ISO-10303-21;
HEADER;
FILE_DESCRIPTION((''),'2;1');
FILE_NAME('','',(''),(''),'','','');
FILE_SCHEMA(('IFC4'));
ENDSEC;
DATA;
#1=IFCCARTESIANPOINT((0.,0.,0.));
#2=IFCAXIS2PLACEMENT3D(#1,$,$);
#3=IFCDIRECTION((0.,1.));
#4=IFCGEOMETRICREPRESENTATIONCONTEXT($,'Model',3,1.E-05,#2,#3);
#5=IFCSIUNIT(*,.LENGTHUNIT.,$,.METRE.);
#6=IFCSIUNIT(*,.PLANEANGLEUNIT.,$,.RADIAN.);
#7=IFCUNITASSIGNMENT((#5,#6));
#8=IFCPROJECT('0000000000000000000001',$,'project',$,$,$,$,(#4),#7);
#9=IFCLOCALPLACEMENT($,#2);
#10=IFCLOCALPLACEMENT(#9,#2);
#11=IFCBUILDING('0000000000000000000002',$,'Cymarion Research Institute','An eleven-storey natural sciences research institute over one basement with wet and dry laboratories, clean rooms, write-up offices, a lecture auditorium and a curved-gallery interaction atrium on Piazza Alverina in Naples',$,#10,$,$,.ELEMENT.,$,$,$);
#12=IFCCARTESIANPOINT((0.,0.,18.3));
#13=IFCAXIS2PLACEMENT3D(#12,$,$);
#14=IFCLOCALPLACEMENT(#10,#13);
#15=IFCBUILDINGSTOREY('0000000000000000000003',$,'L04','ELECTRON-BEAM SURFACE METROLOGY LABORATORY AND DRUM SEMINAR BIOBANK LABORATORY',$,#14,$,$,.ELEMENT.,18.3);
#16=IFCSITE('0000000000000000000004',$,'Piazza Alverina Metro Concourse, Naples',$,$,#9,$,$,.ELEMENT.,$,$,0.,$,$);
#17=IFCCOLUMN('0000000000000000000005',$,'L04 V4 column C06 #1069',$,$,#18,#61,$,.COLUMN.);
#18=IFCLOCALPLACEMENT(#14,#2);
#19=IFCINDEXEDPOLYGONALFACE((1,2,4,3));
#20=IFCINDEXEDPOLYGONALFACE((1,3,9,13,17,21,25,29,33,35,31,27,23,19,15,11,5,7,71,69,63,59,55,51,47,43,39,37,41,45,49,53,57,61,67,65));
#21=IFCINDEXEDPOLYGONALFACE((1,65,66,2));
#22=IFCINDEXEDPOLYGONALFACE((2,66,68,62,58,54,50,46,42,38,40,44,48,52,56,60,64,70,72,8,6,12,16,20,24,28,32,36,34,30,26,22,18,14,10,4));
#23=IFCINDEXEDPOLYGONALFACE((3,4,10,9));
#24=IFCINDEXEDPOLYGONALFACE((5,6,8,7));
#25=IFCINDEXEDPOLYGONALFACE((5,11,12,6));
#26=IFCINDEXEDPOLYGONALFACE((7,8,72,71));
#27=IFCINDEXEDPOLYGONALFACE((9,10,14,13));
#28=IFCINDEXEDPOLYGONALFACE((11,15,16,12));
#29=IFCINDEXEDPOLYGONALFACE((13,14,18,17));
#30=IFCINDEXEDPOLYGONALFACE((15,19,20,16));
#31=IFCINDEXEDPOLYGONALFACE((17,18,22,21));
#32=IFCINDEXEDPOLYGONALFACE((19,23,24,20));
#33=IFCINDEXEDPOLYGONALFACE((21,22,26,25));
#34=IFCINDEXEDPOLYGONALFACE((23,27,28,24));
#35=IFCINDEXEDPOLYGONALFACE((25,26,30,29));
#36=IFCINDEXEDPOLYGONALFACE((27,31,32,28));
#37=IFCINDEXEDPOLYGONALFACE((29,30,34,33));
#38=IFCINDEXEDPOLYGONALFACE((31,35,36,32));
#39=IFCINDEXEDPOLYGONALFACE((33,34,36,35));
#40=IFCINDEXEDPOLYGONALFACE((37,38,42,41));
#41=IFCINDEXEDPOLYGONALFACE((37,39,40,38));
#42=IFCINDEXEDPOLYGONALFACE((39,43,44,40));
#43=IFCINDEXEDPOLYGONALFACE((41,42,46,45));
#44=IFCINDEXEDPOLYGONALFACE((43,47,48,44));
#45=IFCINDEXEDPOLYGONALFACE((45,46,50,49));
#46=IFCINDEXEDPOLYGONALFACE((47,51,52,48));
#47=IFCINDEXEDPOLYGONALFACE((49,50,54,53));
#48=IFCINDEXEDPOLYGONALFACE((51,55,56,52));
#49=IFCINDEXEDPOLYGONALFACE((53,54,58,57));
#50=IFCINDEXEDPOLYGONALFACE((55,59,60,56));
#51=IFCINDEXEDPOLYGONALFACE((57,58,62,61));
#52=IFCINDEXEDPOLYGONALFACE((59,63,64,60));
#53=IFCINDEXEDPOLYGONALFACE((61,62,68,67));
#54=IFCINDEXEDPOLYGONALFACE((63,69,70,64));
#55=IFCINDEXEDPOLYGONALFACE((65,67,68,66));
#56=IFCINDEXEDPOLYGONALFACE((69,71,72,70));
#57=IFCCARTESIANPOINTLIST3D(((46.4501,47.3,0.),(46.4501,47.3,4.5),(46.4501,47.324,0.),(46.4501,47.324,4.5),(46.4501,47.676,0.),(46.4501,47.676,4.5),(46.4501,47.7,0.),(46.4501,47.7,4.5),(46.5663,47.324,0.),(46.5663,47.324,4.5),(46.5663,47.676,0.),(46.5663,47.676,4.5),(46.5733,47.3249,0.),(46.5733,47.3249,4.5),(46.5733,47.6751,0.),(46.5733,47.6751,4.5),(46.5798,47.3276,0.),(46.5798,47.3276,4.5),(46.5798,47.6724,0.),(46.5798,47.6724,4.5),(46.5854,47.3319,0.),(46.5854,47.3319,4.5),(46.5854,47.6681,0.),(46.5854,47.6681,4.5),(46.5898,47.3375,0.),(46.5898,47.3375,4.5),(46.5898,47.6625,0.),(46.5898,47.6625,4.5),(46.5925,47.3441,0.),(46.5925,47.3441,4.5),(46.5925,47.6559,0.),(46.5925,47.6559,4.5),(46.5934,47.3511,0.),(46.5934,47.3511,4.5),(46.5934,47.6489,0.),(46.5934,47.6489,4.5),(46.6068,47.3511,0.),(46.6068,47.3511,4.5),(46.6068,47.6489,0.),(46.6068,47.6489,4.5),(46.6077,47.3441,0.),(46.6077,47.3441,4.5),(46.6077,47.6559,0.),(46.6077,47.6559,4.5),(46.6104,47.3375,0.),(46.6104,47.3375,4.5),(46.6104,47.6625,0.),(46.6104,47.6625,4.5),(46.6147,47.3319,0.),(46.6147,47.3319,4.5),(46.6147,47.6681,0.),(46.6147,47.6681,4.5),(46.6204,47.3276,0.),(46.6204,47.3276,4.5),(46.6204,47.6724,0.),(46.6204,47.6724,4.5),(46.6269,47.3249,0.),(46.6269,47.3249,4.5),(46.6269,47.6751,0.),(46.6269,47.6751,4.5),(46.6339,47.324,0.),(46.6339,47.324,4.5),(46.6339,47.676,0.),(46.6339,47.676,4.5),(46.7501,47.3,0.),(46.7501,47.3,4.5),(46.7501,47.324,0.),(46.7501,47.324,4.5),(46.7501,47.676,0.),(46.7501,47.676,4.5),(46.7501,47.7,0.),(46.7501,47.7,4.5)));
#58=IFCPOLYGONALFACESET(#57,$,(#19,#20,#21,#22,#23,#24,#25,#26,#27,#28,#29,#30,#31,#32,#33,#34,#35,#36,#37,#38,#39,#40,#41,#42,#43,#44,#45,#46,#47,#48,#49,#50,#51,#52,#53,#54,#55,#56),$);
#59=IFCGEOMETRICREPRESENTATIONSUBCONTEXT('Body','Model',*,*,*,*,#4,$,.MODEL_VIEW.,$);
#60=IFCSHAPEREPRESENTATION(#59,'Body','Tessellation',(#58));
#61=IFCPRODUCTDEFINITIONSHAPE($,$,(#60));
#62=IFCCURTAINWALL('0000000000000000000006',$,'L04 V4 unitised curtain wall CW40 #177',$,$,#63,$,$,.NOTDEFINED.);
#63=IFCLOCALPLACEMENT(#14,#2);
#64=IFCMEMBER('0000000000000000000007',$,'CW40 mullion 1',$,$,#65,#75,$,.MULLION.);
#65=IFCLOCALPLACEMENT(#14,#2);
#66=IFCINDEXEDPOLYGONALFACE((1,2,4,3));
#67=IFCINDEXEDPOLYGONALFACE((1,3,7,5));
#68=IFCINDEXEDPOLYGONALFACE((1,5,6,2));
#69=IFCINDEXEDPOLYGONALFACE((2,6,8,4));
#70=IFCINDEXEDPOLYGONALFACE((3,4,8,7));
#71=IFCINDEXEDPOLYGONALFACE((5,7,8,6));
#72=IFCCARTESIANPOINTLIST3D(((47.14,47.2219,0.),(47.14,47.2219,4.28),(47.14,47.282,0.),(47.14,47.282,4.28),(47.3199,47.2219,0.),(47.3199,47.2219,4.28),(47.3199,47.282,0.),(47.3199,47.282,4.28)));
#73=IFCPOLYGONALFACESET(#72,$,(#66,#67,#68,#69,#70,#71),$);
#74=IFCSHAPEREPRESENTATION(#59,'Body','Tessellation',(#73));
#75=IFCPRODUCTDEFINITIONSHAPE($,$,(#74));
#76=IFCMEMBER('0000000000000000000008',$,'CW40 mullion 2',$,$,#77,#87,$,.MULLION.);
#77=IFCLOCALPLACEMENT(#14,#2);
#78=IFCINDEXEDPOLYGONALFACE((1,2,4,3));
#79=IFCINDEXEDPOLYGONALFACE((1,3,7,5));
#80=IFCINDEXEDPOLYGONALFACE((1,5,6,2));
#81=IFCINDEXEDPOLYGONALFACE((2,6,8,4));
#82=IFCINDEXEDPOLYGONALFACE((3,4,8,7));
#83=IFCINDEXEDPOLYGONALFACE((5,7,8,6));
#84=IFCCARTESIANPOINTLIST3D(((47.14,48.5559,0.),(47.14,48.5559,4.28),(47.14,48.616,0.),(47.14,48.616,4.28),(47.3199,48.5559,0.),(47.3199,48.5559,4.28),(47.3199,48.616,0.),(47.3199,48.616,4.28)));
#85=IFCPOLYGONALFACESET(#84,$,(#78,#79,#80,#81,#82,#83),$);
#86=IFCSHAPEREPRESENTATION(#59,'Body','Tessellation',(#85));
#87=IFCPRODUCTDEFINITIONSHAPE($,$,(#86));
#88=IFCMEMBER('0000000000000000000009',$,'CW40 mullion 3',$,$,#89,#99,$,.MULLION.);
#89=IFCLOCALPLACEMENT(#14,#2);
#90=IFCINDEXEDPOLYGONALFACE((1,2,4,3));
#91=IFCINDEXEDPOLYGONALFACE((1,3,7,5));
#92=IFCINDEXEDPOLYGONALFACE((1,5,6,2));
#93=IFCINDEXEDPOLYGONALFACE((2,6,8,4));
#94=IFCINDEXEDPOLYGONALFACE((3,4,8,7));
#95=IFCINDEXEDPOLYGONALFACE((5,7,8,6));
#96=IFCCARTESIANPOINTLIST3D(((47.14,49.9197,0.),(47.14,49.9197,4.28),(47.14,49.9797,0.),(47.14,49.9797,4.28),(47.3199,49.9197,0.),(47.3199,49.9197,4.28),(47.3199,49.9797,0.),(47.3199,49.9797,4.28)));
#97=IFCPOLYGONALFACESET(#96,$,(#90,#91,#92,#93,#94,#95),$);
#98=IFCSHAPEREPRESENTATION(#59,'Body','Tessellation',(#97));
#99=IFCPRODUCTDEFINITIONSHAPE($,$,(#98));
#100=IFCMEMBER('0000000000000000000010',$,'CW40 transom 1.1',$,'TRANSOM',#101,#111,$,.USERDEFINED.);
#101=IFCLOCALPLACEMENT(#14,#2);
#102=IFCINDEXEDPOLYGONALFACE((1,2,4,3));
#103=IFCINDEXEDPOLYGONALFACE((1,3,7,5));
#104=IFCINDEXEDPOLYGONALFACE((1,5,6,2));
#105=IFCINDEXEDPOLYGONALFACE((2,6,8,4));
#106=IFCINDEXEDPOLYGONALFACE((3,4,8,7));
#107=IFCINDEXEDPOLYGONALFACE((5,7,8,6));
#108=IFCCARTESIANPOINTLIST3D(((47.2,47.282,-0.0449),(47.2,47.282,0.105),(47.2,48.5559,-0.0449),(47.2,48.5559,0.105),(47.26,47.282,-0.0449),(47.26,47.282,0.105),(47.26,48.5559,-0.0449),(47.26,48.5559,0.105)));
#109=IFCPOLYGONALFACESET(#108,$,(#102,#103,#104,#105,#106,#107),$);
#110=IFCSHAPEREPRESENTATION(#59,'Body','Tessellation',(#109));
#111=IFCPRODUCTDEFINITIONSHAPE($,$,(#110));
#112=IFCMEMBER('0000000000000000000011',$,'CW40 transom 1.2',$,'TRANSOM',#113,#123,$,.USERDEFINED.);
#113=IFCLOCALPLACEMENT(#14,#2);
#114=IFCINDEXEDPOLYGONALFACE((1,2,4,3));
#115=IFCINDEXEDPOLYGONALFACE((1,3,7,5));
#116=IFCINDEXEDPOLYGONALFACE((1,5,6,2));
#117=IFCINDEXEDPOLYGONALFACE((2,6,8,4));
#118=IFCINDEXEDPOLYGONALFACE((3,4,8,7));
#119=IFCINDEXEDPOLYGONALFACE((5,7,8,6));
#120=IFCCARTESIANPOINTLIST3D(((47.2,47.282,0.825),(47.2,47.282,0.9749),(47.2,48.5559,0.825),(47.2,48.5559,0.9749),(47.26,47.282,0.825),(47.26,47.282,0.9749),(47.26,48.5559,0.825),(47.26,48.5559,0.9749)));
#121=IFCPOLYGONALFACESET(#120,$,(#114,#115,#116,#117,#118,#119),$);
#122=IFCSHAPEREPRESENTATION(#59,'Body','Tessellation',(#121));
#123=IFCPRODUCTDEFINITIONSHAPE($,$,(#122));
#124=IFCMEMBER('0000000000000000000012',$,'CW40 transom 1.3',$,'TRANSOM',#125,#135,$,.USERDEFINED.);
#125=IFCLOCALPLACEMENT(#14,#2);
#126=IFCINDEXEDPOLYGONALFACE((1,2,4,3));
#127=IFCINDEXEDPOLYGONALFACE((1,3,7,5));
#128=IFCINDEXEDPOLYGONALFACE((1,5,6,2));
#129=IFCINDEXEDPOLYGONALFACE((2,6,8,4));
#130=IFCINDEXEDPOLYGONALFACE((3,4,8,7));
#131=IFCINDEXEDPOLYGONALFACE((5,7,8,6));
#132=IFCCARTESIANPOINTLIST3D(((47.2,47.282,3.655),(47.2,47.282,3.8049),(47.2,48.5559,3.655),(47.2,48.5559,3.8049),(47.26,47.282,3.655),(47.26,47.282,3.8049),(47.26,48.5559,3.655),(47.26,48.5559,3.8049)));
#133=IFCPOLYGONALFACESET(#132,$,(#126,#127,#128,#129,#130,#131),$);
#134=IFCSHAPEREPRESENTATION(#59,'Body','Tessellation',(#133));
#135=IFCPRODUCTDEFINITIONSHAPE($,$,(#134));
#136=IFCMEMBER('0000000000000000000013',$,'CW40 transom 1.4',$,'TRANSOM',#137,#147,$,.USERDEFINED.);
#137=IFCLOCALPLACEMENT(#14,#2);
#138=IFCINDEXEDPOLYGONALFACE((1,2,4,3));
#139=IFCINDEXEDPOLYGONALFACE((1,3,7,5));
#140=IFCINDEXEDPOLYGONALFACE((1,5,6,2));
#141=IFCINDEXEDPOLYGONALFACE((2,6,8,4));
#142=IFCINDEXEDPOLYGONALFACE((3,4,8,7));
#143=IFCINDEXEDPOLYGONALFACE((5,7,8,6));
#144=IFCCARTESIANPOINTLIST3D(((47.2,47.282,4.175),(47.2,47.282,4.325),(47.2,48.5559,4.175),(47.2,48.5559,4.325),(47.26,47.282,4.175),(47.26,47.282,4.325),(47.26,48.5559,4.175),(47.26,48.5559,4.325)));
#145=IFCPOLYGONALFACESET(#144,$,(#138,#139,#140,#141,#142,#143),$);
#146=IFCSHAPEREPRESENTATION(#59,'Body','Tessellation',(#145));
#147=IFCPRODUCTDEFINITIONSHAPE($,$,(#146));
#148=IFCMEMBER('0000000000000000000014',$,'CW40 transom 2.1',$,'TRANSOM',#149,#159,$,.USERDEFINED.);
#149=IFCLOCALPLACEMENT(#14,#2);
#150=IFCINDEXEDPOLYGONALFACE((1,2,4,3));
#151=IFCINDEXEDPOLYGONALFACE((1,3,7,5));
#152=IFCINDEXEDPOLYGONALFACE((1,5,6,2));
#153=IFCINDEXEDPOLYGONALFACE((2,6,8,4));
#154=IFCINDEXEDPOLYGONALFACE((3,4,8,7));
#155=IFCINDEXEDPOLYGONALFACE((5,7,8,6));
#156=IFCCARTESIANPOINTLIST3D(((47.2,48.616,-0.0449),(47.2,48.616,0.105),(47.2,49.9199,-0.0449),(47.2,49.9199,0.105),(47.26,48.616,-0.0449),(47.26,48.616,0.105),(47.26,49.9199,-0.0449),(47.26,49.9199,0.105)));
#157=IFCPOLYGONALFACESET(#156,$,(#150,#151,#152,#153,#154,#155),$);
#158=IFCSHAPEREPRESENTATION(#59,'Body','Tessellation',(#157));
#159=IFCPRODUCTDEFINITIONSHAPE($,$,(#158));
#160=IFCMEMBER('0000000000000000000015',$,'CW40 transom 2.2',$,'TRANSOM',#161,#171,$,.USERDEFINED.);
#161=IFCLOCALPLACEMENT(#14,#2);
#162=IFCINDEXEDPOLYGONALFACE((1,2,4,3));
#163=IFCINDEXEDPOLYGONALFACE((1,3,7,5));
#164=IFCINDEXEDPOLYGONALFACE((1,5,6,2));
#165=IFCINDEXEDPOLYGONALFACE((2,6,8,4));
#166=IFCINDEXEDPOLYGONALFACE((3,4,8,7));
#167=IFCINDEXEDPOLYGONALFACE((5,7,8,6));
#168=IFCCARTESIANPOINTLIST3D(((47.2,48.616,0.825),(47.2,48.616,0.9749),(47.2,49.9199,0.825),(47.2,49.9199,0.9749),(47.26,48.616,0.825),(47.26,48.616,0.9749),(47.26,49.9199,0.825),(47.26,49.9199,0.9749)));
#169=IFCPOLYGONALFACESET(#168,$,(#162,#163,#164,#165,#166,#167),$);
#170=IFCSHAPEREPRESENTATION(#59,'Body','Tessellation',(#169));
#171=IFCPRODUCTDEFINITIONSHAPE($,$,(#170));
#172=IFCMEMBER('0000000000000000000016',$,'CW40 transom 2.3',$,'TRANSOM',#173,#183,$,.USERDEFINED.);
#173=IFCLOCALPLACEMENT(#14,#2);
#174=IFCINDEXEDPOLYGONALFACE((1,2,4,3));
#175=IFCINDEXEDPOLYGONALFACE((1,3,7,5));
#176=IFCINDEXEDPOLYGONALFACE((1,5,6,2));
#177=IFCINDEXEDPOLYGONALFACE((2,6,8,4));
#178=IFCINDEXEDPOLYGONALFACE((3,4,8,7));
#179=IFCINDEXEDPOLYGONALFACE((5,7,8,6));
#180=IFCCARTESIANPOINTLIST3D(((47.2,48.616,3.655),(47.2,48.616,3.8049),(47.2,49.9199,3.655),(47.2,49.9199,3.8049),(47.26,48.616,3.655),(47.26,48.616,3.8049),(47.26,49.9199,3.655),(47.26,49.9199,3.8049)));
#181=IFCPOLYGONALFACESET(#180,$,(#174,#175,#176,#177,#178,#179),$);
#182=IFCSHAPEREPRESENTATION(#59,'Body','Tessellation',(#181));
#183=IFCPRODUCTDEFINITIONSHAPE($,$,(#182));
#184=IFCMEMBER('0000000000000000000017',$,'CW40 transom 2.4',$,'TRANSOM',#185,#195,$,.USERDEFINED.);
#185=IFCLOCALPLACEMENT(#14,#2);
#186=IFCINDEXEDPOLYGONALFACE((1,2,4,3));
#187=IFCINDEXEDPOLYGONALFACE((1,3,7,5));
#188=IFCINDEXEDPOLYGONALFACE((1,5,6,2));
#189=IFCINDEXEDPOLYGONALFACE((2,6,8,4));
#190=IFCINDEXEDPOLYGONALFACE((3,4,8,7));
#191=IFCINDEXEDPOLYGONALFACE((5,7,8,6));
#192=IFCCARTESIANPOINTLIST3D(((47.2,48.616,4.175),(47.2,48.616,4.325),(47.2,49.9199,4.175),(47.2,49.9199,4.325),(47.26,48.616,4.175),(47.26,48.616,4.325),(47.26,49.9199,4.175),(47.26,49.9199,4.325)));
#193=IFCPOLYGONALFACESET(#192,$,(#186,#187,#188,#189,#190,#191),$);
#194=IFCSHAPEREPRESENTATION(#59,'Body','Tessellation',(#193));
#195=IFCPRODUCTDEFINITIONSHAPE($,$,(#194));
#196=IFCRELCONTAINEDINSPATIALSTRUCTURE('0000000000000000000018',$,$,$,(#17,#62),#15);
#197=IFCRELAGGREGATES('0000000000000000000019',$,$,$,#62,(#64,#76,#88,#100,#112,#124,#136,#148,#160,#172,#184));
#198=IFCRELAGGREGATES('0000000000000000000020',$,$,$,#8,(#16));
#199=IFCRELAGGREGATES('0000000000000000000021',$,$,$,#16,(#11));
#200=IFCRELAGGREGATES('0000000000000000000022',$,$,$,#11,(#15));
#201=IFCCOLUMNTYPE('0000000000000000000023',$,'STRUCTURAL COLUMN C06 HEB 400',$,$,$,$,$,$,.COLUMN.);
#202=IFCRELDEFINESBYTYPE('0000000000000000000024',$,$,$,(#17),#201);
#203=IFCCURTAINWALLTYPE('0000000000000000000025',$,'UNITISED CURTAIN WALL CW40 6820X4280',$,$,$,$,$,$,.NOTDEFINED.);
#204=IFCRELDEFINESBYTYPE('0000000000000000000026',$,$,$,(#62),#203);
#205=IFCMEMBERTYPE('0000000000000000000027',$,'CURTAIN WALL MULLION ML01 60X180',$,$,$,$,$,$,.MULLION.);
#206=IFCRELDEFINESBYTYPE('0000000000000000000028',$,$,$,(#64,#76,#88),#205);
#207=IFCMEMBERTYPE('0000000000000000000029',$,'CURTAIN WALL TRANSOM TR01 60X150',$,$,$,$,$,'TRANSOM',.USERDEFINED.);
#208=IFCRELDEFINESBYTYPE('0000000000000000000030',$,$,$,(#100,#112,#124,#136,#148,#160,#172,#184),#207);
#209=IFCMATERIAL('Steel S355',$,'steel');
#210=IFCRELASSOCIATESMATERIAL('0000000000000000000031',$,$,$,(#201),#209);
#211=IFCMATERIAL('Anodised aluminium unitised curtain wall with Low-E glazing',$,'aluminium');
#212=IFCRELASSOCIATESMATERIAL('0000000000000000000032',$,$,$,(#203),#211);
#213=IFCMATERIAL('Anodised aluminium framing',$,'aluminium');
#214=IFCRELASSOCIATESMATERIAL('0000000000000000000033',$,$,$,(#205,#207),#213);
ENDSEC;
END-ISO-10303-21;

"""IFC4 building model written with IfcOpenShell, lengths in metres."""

from ifc_helpers import new_model, si_unit, direction, frame, origin, origin_2d, place, context, subcontext, project, spatial, rectangle, i_section, extrude, material, material_profile, profile_set, type_object, element, aggregate, save


model = new_model("IFC4")

# Units and contexts
model_context = context("Model", 3, precision=1e-05, world=origin(), true_north=direction((0.0, 1.0)))
body_context = subcontext(model_context, "Body", "Model", "MODEL_VIEW")
ifc_project = project(units=[si_unit("LENGTHUNIT", "METRE"), si_unit("PLANEANGLEUNIT", "RADIAN")], contexts=[model_context])

# Site, building, storey
site_placement = place(None, origin())
site = spatial("IfcSite", under=ifc_project, at=site_placement, Name="Piazza Alverina Metro Concourse, Naples", CompositionType="ELEMENT", RefElevation=0.0)
building_placement = place(site_placement, origin())
building = spatial("IfcBuilding", under=site, at=building_placement, Name="Cymarion Research Institute", Description="An eleven-storey natural sciences research institute over one basement with wet and dry laboratories, clean rooms, write-up offices, a lecture auditorium and a curved-gallery interaction atrium on Piazza Alverina in Naples", CompositionType="ELEMENT")
storey_placement = place(building_placement, frame((0.0, 0.0, 18.3)))
storey = spatial("IfcBuildingStorey", under=building, at=storey_placement, Name="L04", Description="ELECTRON-BEAM SURFACE METROLOGY LABORATORY AND DRUM SEMINAR BIOBANK LABORATORY", CompositionType="ELEMENT", Elevation=18.3)

# Column
ifc_material_1 = material(Name="Steel S355", Category="steel")
ifc_material_profile_1 = material_profile(ifc_material_1, i_section(OverallWidth=0.3, OverallDepth=0.3999, WebThickness=0.0134, FlangeThickness=0.0239, FilletRadius=0.0271, at=origin_2d()), Name="HEB 400")
ifc_profile_set_1 = profile_set([ifc_material_profile_1], Name="Steel S355")
column_type = type_object("IfcColumnType", Name="STRUCTURAL COLUMN C06 HEB 400", PredefinedType="COLUMN", material=ifc_profile_set_1)
column_placement = place(storey_placement, frame((46.6001, 47.5, 0.0), z_axis=(0.0, 0.0, 1.0), x_axis=(1.0, 0.0, 0.0)))
element("IfcColumn", 1, at=column_placement, inside=storey, type_object=column_type, Name="L04 V4 column C06 #1069", PredefinedType="COLUMN", context=body_context, shape_type="SweptSolid", body=[
    extrude(i_section(OverallWidth=0.3, OverallDepth=0.3999, WebThickness=0.0134, FlangeThickness=0.0239, FilletRadius=0.0271, at=origin_2d()), origin(), (0.0, 0.0, 1.0), 4.5),
])

# Curtain wall, members
ifc_material_2 = material(Name="Anodised aluminium unitised curtain wall with Low-E glazing", Category="aluminium")
curtain_wall_type = type_object("IfcCurtainWallType", Name="UNITISED CURTAIN WALL CW40 6820X4280", PredefinedType="NOTDEFINED", material=ifc_material_2)
curtain_wall_placement = place(storey_placement, origin())
curtain_wall = element("IfcCurtainWall", 2, at=curtain_wall_placement, inside=storey, type_object=curtain_wall_type, Name="L04 V4 unitised curtain wall CW40 #177", PredefinedType="NOTDEFINED")
ifc_material_3 = material(Name="Anodised aluminium framing", Category="aluminium")
ifc_material_profile_2 = material_profile(ifc_material_3, rectangle(XDim=0.0601, YDim=0.1799, at=origin_2d()), Name="ALU MULLION 60x180")
ifc_profile_set_2 = profile_set([ifc_material_profile_2], Name="Anodised aluminium framing")
member_type_1 = type_object("IfcMemberType", Name="CURTAIN WALL MULLION ML01 60X180", PredefinedType="MULLION", material=ifc_profile_set_2)
member_1_placement = place(storey_placement, frame((47.23, 47.252, 0.0), z_axis=(0.0, 0.0, 1.0), x_axis=(0.0, 1.0, 0.0)))
member_1 = element("IfcMember", 3, at=member_1_placement, type_object=member_type_1, Name="CW40 mullion 1", PredefinedType="MULLION", context=body_context, shape_type="SweptSolid", body=[
    extrude(rectangle(XDim=0.0601, YDim=0.1799, at=origin_2d()), origin(), (0.0, 0.0, 1.0), 4.28),
])
member_2_placement = place(storey_placement, frame((47.23, 48.5859, 0.0), z_axis=(0.0, 0.0, 1.0), x_axis=(0.0, 1.0, 0.0)))
member_2 = element("IfcMember", 4, at=member_2_placement, type_object=member_type_1, Name="CW40 mullion 2", PredefinedType="MULLION", context=body_context, shape_type="SweptSolid", body=[
    extrude(rectangle(XDim=0.0601, YDim=0.1799, at=origin_2d()), origin(), (0.0, 0.0, 1.0), 4.28),
])
member_3_placement = place(storey_placement, frame((47.23, 49.9497, 0.0), z_axis=(0.0, 0.0, 1.0), x_axis=(0.0, 1.0, 0.0)))
member_3 = element("IfcMember", 5, at=member_3_placement, type_object=member_type_1, Name="CW40 mullion 3", PredefinedType="MULLION", context=body_context, shape_type="SweptSolid", body=[
    extrude(rectangle(XDim=0.0601, YDim=0.1799, at=origin_2d()), origin(), (0.0, 0.0, 1.0), 4.28),
])
ifc_material_profile_3 = material_profile(ifc_material_3, rectangle(XDim=0.0601, YDim=0.1499, at=origin_2d()), Name="ALU TRANSOM 60x150")
ifc_profile_set_3 = profile_set([ifc_material_profile_3], Name="Anodised aluminium framing")
member_type_2 = type_object("IfcMemberType", Name="CURTAIN WALL TRANSOM TR01 60X150", ElementType="TRANSOM", PredefinedType="USERDEFINED", material=ifc_profile_set_3)
member_4_placement = place(storey_placement, frame((47.23, 47.282, 0.03), z_axis=(0.0, 1.0, 0.0), x_axis=(-1.0, 0.0, 0.0)))
member_4 = element("IfcMember", 6, at=member_4_placement, type_object=member_type_2, Name="CW40 transom 1.1", ObjectType="TRANSOM", PredefinedType="USERDEFINED", context=body_context, shape_type="SweptSolid", body=[
    extrude(rectangle(XDim=0.0601, YDim=0.1499, at=origin_2d()), origin(), (0.0, 0.0, 1.0), 1.2739),
])
member_5_placement = place(storey_placement, frame((47.23, 47.282, 0.8999), z_axis=(0.0, 1.0, 0.0), x_axis=(-1.0, 0.0, 0.0)))
member_5 = element("IfcMember", 7, at=member_5_placement, type_object=member_type_2, Name="CW40 transom 1.2", ObjectType="TRANSOM", PredefinedType="USERDEFINED", context=body_context, shape_type="SweptSolid", body=[
    extrude(rectangle(XDim=0.0601, YDim=0.1499, at=origin_2d()), origin(), (0.0, 0.0, 1.0), 1.2739),
])
member_6_placement = place(storey_placement, frame((47.23, 47.282, 3.73), z_axis=(0.0, 1.0, 0.0), x_axis=(-1.0, 0.0, 0.0)))
member_6 = element("IfcMember", 8, at=member_6_placement, type_object=member_type_2, Name="CW40 transom 1.3", ObjectType="TRANSOM", PredefinedType="USERDEFINED", context=body_context, shape_type="SweptSolid", body=[
    extrude(rectangle(XDim=0.0601, YDim=0.1499, at=origin_2d()), origin(), (0.0, 0.0, 1.0), 1.2739),
])
member_7_placement = place(storey_placement, frame((47.23, 47.282, 4.25), z_axis=(0.0, 1.0, 0.0), x_axis=(-1.0, 0.0, 0.0)))
member_7 = element("IfcMember", 9, at=member_7_placement, type_object=member_type_2, Name="CW40 transom 1.4", ObjectType="TRANSOM", PredefinedType="USERDEFINED", context=body_context, shape_type="SweptSolid", body=[
    extrude(rectangle(XDim=0.0601, YDim=0.1499, at=origin_2d()), origin(), (0.0, 0.0, 1.0), 1.2739),
])
member_8_placement = place(storey_placement, frame((47.23, 48.616, 0.03), z_axis=(0.0, 1.0, 0.0), x_axis=(-1.0, 0.0, 0.0)))
member_8 = element("IfcMember", 10, at=member_8_placement, type_object=member_type_2, Name="CW40 transom 2.1", ObjectType="TRANSOM", PredefinedType="USERDEFINED", context=body_context, shape_type="SweptSolid", body=[
    extrude(rectangle(XDim=0.0601, YDim=0.1499, at=origin_2d()), origin(), (0.0, 0.0, 1.0), 1.304),
])
member_9_placement = place(storey_placement, frame((47.23, 48.616, 0.8999), z_axis=(0.0, 1.0, 0.0), x_axis=(-1.0, 0.0, 0.0)))
member_9 = element("IfcMember", 11, at=member_9_placement, type_object=member_type_2, Name="CW40 transom 2.2", ObjectType="TRANSOM", PredefinedType="USERDEFINED", context=body_context, shape_type="SweptSolid", body=[
    extrude(rectangle(XDim=0.0601, YDim=0.1499, at=origin_2d()), origin(), (0.0, 0.0, 1.0), 1.304),
])
member_10_placement = place(storey_placement, frame((47.23, 48.616, 3.73), z_axis=(0.0, 1.0, 0.0), x_axis=(-1.0, 0.0, 0.0)))
member_10 = element("IfcMember", 12, at=member_10_placement, type_object=member_type_2, Name="CW40 transom 2.3", ObjectType="TRANSOM", PredefinedType="USERDEFINED", context=body_context, shape_type="SweptSolid", body=[
    extrude(rectangle(XDim=0.0601, YDim=0.1499, at=origin_2d()), origin(), (0.0, 0.0, 1.0), 1.304),
])
member_11_placement = place(storey_placement, frame((47.23, 48.616, 4.25), z_axis=(0.0, 1.0, 0.0), x_axis=(-1.0, 0.0, 0.0)))
member_11 = element("IfcMember", 13, at=member_11_placement, type_object=member_type_2, Name="CW40 transom 2.4", ObjectType="TRANSOM", PredefinedType="USERDEFINED", context=body_context, shape_type="SweptSolid", body=[
    extrude(rectangle(XDim=0.0601, YDim=0.1499, at=origin_2d()), origin(), (0.0, 0.0, 1.0), 1.304),
])

aggregate(curtain_wall, [member_1, member_2, member_3, member_4, member_5, member_6, member_7, member_8, member_9, member_10, member_11])

save(model, "model.ifc")
